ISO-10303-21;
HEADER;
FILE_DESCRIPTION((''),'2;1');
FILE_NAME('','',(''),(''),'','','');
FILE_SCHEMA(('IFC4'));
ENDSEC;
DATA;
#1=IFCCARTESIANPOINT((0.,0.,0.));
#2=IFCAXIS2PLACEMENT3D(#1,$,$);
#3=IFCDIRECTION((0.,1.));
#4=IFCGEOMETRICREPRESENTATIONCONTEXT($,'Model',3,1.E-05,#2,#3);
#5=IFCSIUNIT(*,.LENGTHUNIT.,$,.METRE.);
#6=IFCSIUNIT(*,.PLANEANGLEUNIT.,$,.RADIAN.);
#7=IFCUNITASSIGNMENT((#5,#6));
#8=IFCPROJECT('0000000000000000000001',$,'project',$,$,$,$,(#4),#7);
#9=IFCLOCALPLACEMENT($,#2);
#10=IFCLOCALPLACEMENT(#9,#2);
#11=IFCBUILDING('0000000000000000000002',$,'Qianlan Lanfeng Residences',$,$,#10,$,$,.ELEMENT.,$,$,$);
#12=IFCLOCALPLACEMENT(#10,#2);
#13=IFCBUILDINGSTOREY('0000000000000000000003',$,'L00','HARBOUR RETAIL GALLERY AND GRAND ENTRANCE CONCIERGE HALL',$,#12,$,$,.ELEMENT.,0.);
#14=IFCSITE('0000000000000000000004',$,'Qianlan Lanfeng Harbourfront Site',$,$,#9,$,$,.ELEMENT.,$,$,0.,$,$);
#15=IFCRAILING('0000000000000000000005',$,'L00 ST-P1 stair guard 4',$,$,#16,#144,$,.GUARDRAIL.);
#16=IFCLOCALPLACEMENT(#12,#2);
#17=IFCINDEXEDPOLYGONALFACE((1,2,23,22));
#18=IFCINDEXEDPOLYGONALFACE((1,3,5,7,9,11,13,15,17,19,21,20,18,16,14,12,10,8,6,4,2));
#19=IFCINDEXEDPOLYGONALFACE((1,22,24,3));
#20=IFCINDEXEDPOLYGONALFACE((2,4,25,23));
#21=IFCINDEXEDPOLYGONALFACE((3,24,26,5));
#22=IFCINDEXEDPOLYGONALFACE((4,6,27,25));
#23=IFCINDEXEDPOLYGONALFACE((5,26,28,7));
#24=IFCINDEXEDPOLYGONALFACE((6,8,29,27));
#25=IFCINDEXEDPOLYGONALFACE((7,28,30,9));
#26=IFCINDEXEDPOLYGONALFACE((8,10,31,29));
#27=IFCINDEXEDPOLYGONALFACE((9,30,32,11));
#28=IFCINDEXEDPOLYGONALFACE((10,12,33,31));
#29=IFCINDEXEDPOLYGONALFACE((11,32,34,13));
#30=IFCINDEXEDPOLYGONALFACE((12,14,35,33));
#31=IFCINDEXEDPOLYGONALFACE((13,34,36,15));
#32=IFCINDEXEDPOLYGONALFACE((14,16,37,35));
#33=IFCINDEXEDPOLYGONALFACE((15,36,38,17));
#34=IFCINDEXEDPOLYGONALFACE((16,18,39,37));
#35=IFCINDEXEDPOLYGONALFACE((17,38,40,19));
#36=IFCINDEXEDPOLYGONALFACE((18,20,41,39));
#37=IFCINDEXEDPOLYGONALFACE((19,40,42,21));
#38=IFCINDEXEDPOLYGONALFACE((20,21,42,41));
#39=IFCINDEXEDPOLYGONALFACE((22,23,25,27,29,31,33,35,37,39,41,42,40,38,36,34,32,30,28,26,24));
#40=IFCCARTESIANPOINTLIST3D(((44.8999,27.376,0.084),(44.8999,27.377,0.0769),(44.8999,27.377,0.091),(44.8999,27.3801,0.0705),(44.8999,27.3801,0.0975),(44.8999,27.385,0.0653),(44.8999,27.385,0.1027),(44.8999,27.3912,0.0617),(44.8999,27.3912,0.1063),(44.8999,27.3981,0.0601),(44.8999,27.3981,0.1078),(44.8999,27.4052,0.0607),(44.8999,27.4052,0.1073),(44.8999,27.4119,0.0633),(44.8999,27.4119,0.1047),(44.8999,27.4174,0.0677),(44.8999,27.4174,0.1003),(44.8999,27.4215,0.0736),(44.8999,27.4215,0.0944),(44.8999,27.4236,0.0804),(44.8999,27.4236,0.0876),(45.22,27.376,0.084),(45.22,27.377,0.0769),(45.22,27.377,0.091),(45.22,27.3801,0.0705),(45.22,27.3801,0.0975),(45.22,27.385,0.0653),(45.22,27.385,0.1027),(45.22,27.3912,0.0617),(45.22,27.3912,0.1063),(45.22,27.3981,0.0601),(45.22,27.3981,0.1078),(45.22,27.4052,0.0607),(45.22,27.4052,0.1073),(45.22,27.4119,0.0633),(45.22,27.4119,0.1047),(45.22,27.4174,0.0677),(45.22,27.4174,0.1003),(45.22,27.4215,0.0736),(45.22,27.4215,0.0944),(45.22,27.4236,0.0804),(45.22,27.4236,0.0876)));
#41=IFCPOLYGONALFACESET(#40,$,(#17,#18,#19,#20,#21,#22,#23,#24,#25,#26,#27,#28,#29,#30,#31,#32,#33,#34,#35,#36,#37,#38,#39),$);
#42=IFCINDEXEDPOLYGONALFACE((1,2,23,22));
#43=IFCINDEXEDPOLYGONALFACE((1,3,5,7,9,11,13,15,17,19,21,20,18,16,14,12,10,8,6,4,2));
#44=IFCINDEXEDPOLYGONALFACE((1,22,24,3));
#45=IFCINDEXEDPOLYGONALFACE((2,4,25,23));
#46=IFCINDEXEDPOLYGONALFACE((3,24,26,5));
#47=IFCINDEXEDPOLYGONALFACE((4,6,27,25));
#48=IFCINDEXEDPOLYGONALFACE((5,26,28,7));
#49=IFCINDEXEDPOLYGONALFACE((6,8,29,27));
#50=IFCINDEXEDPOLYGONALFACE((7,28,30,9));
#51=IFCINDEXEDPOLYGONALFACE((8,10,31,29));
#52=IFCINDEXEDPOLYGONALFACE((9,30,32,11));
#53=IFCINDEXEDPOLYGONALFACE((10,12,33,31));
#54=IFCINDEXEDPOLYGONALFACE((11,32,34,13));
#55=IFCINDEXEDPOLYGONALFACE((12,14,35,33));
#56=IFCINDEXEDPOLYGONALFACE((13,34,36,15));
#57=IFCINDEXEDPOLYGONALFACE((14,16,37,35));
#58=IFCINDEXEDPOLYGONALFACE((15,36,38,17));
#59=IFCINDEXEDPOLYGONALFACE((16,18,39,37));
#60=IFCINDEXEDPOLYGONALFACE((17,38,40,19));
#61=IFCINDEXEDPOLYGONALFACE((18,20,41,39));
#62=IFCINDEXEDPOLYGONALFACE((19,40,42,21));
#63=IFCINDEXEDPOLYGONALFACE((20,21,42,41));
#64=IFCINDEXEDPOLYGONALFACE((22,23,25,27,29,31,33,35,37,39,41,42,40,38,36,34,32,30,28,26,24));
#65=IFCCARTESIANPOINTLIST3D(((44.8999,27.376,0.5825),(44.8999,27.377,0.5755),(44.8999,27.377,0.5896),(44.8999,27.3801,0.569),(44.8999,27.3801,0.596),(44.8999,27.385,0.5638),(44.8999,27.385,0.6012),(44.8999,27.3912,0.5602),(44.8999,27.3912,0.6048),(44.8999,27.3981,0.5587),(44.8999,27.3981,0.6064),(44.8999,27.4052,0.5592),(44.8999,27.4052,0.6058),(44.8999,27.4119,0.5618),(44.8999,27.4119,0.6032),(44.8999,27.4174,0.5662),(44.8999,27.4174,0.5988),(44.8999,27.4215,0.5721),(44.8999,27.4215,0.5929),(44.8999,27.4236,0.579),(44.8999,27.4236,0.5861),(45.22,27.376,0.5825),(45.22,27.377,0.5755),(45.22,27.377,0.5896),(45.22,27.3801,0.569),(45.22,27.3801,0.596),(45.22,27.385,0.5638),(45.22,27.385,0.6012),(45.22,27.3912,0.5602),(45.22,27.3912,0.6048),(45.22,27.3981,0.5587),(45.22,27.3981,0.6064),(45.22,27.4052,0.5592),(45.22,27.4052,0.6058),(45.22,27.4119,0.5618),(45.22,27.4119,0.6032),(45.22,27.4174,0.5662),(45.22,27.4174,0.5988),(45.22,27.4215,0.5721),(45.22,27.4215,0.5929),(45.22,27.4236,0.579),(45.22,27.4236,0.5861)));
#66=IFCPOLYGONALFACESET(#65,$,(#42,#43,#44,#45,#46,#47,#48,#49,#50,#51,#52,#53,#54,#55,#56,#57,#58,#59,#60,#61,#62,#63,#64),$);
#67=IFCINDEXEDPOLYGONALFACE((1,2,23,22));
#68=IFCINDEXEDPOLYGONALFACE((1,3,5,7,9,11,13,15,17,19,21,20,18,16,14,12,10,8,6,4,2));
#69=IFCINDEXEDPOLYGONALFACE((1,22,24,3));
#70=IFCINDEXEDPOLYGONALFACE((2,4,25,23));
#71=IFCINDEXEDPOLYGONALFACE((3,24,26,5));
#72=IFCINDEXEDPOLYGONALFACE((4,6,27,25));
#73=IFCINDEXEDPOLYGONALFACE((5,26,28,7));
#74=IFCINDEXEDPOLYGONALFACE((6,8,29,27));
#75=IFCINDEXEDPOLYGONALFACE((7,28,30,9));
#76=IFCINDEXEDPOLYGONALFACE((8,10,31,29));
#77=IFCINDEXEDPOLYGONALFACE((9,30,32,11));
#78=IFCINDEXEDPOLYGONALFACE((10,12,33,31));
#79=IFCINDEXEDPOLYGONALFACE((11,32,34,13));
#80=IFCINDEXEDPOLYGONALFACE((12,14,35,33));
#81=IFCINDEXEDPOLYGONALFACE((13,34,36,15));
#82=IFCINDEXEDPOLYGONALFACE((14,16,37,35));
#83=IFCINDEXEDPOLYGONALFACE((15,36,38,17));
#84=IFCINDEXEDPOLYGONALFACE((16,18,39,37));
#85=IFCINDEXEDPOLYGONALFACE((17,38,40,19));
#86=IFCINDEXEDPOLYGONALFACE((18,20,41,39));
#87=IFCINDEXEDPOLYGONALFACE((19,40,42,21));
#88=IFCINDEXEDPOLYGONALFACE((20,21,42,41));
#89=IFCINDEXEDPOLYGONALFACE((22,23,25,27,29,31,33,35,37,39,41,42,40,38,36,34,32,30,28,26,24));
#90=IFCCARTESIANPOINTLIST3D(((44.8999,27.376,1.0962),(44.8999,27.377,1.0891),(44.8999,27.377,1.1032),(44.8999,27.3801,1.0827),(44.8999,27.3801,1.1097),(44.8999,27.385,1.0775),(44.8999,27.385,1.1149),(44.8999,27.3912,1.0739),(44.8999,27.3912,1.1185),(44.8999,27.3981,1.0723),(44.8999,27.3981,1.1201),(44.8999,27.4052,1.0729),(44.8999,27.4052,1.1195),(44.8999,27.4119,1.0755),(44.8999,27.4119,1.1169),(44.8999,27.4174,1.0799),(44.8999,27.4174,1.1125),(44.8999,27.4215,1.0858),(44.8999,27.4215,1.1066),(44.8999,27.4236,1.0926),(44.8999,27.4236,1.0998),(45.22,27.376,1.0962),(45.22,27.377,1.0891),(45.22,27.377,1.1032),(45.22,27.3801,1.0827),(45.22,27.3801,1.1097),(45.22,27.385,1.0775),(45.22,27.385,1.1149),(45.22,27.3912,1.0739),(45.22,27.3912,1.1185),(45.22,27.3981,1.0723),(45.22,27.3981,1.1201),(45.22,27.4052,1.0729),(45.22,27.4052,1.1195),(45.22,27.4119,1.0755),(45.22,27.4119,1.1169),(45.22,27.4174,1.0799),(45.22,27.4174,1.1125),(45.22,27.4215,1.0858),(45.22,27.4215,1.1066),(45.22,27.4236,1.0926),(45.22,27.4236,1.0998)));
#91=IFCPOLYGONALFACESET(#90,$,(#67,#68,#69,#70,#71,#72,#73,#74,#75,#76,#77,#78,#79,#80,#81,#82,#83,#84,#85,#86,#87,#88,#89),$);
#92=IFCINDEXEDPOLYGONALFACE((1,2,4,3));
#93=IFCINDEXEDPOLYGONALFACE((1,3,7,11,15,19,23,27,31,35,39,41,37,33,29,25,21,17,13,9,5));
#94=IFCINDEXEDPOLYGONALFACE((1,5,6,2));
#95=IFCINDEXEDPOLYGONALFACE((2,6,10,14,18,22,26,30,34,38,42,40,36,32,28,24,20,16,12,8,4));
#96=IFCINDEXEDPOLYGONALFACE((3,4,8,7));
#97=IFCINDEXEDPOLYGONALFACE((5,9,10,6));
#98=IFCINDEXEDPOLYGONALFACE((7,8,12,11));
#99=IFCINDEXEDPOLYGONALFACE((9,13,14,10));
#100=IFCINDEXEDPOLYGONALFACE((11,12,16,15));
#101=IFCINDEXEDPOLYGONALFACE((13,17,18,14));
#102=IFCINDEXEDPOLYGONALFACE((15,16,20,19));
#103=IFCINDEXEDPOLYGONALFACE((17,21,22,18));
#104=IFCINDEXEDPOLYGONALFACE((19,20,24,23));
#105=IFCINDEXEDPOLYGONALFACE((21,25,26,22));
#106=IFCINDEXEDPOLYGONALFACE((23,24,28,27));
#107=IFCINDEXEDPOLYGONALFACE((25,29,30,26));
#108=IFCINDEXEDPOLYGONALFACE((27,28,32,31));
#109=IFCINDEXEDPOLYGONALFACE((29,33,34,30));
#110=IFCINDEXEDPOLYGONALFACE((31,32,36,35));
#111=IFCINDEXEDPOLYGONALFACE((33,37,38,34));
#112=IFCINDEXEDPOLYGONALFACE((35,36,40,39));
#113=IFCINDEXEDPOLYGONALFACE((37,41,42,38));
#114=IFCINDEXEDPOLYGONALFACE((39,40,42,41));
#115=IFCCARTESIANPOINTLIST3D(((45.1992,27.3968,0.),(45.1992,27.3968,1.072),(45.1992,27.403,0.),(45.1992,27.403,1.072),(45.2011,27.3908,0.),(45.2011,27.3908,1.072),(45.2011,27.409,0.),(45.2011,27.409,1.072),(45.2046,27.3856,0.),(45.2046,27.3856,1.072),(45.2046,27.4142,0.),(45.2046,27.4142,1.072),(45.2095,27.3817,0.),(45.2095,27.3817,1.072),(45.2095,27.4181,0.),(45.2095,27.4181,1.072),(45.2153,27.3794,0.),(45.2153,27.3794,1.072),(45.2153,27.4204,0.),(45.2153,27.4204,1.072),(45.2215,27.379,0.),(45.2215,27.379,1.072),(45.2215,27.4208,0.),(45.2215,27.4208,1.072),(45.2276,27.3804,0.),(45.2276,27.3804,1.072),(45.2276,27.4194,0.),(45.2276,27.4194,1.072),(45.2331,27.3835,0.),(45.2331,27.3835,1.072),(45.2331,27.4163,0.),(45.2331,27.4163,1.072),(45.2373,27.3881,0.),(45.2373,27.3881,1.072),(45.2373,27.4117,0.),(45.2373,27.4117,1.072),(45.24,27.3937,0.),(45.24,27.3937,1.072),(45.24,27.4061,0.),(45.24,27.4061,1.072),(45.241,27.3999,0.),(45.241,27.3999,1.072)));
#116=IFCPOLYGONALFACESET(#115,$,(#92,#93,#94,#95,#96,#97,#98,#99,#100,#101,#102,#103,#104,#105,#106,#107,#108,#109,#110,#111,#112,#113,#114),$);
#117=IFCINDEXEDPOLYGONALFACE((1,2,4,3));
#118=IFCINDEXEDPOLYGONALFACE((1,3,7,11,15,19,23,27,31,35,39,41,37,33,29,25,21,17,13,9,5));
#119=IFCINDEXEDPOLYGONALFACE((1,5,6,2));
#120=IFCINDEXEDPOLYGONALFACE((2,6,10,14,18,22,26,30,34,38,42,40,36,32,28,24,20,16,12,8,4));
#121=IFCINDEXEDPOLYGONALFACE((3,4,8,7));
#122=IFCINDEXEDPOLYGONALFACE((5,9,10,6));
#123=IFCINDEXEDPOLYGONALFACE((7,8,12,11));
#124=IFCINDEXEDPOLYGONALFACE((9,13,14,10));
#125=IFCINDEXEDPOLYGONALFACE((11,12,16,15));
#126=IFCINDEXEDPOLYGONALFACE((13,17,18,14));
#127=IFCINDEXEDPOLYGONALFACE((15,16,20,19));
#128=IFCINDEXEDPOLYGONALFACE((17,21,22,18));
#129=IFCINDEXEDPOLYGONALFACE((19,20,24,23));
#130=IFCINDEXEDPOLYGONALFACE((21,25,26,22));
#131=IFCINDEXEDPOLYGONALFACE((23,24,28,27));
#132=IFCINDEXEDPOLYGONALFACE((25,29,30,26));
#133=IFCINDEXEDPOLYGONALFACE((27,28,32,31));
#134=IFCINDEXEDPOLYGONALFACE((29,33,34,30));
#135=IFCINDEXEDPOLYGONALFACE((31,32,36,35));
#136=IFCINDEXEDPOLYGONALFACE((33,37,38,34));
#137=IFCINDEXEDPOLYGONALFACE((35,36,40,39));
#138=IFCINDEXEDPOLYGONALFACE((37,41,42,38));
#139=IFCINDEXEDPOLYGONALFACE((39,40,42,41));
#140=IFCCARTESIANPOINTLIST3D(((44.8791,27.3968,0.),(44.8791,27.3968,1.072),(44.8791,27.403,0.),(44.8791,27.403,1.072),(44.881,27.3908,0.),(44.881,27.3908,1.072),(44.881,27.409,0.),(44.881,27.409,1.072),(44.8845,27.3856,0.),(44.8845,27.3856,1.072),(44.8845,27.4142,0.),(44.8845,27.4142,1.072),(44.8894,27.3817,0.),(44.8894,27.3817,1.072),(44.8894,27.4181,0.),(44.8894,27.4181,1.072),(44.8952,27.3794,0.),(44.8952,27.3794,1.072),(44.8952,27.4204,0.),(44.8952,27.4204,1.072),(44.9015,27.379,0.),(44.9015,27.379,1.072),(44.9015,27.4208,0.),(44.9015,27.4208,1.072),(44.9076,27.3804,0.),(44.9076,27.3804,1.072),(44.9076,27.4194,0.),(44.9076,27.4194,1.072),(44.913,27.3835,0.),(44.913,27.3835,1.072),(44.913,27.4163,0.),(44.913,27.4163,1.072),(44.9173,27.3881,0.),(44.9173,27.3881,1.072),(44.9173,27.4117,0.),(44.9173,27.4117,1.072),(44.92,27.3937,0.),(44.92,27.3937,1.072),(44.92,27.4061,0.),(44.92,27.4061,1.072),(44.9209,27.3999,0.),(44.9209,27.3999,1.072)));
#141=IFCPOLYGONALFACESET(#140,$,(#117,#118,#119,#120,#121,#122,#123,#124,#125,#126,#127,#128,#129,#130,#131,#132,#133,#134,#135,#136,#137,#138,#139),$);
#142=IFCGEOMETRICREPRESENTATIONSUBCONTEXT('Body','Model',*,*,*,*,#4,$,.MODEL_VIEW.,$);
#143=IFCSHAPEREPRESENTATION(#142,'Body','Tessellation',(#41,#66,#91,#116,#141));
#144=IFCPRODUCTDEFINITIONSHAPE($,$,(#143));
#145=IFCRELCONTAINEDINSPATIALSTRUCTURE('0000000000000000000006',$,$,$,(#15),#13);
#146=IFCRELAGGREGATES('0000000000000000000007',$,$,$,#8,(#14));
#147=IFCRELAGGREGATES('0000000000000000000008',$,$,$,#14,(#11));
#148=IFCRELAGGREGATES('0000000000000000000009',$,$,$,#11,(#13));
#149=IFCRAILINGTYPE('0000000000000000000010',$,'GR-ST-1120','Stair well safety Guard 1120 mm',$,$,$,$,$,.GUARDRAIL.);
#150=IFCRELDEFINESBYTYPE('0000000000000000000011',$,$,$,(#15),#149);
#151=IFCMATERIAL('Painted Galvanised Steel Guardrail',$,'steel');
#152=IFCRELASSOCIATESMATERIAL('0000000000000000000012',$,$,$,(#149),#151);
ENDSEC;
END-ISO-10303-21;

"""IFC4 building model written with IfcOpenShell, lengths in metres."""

from ifc_helpers import new_model, si_unit, direction, frame, origin, origin_2d, place, context, subcontext, project, spatial, circle, extrude, material, type_object, element, save


model = new_model("IFC4")

# Units and contexts
model_context = context("Model", 3, precision=1e-05, world=origin(), true_north=direction((0.0, 1.0)))
body_context = subcontext(model_context, "Body", "Model", "MODEL_VIEW")
ifc_project = project(units=[si_unit("LENGTHUNIT", "METRE"), si_unit("PLANEANGLEUNIT", "RADIAN")], contexts=[model_context])

# Site, building, storey
site_placement = place(None, origin())
site = spatial("IfcSite", under=ifc_project, at=site_placement, Name="Qianlan Lanfeng Harbourfront Site", CompositionType="ELEMENT", RefElevation=0.0)
building_placement = place(site_placement, origin())
building = spatial("IfcBuilding", under=site, at=building_placement, Name="Qianlan Lanfeng Residences", CompositionType="ELEMENT")
storey_placement = place(building_placement, origin())
storey = spatial("IfcBuildingStorey", under=building, at=storey_placement, Name="L00", Description="HARBOUR RETAIL GALLERY AND GRAND ENTRANCE CONCIERGE HALL", CompositionType="ELEMENT", Elevation=0.0)

# Railing
ifc_material_1 = material(Name="Painted Galvanised Steel Guardrail", Category="steel")
railing_type_1 = type_object("IfcRailingType", Name="GR-ST-1120", Description="Stair well safety Guard 1120 mm", PredefinedType="GUARDRAIL", material=ifc_material_1)
railing_1_placement = place(storey_placement, frame((45.22, 27.3999, 0.0)))
element("IfcRailing", 1, at=railing_1_placement, inside=storey, type_object=railing_type_1, Name="L00 ST-P1 stair guard 4", PredefinedType="GUARDRAIL", context=body_context, shape_type="SweptSolid", body=[
    extrude(circle(Radius=0.0239, at=origin_2d()), frame((0.0, 0.0, 0.084), z_axis=(-1.0, 0.0, 0.0), x_axis=(0.0, -1.0, 0.0)), (0.0, 0.0, 1.0), 0.3201),
    extrude(circle(Radius=0.0239, at=origin_2d()), frame((0.0, 0.0, 0.5825), z_axis=(-1.0, 0.0, 0.0), x_axis=(0.0, -1.0, 0.0)), (0.0, 0.0, 1.0), 0.3201),
    extrude(circle(Radius=0.0239, at=origin_2d()), frame((0.0, 0.0, 1.0962), z_axis=(-1.0, 0.0, 0.0), x_axis=(0.0, -1.0, 0.0)), (0.0, 0.0, 1.0), 0.3201),
    extrude(circle(Radius=0.021, at=origin_2d()), origin(), (0.0, 0.0, 1.0), 1.072),
    extrude(circle(Radius=0.021, at=origin_2d()), frame((-0.3201, 0.0, 0.0)), (0.0, 0.0, 1.0), 1.072),
])

save(model, "model.ifc")
